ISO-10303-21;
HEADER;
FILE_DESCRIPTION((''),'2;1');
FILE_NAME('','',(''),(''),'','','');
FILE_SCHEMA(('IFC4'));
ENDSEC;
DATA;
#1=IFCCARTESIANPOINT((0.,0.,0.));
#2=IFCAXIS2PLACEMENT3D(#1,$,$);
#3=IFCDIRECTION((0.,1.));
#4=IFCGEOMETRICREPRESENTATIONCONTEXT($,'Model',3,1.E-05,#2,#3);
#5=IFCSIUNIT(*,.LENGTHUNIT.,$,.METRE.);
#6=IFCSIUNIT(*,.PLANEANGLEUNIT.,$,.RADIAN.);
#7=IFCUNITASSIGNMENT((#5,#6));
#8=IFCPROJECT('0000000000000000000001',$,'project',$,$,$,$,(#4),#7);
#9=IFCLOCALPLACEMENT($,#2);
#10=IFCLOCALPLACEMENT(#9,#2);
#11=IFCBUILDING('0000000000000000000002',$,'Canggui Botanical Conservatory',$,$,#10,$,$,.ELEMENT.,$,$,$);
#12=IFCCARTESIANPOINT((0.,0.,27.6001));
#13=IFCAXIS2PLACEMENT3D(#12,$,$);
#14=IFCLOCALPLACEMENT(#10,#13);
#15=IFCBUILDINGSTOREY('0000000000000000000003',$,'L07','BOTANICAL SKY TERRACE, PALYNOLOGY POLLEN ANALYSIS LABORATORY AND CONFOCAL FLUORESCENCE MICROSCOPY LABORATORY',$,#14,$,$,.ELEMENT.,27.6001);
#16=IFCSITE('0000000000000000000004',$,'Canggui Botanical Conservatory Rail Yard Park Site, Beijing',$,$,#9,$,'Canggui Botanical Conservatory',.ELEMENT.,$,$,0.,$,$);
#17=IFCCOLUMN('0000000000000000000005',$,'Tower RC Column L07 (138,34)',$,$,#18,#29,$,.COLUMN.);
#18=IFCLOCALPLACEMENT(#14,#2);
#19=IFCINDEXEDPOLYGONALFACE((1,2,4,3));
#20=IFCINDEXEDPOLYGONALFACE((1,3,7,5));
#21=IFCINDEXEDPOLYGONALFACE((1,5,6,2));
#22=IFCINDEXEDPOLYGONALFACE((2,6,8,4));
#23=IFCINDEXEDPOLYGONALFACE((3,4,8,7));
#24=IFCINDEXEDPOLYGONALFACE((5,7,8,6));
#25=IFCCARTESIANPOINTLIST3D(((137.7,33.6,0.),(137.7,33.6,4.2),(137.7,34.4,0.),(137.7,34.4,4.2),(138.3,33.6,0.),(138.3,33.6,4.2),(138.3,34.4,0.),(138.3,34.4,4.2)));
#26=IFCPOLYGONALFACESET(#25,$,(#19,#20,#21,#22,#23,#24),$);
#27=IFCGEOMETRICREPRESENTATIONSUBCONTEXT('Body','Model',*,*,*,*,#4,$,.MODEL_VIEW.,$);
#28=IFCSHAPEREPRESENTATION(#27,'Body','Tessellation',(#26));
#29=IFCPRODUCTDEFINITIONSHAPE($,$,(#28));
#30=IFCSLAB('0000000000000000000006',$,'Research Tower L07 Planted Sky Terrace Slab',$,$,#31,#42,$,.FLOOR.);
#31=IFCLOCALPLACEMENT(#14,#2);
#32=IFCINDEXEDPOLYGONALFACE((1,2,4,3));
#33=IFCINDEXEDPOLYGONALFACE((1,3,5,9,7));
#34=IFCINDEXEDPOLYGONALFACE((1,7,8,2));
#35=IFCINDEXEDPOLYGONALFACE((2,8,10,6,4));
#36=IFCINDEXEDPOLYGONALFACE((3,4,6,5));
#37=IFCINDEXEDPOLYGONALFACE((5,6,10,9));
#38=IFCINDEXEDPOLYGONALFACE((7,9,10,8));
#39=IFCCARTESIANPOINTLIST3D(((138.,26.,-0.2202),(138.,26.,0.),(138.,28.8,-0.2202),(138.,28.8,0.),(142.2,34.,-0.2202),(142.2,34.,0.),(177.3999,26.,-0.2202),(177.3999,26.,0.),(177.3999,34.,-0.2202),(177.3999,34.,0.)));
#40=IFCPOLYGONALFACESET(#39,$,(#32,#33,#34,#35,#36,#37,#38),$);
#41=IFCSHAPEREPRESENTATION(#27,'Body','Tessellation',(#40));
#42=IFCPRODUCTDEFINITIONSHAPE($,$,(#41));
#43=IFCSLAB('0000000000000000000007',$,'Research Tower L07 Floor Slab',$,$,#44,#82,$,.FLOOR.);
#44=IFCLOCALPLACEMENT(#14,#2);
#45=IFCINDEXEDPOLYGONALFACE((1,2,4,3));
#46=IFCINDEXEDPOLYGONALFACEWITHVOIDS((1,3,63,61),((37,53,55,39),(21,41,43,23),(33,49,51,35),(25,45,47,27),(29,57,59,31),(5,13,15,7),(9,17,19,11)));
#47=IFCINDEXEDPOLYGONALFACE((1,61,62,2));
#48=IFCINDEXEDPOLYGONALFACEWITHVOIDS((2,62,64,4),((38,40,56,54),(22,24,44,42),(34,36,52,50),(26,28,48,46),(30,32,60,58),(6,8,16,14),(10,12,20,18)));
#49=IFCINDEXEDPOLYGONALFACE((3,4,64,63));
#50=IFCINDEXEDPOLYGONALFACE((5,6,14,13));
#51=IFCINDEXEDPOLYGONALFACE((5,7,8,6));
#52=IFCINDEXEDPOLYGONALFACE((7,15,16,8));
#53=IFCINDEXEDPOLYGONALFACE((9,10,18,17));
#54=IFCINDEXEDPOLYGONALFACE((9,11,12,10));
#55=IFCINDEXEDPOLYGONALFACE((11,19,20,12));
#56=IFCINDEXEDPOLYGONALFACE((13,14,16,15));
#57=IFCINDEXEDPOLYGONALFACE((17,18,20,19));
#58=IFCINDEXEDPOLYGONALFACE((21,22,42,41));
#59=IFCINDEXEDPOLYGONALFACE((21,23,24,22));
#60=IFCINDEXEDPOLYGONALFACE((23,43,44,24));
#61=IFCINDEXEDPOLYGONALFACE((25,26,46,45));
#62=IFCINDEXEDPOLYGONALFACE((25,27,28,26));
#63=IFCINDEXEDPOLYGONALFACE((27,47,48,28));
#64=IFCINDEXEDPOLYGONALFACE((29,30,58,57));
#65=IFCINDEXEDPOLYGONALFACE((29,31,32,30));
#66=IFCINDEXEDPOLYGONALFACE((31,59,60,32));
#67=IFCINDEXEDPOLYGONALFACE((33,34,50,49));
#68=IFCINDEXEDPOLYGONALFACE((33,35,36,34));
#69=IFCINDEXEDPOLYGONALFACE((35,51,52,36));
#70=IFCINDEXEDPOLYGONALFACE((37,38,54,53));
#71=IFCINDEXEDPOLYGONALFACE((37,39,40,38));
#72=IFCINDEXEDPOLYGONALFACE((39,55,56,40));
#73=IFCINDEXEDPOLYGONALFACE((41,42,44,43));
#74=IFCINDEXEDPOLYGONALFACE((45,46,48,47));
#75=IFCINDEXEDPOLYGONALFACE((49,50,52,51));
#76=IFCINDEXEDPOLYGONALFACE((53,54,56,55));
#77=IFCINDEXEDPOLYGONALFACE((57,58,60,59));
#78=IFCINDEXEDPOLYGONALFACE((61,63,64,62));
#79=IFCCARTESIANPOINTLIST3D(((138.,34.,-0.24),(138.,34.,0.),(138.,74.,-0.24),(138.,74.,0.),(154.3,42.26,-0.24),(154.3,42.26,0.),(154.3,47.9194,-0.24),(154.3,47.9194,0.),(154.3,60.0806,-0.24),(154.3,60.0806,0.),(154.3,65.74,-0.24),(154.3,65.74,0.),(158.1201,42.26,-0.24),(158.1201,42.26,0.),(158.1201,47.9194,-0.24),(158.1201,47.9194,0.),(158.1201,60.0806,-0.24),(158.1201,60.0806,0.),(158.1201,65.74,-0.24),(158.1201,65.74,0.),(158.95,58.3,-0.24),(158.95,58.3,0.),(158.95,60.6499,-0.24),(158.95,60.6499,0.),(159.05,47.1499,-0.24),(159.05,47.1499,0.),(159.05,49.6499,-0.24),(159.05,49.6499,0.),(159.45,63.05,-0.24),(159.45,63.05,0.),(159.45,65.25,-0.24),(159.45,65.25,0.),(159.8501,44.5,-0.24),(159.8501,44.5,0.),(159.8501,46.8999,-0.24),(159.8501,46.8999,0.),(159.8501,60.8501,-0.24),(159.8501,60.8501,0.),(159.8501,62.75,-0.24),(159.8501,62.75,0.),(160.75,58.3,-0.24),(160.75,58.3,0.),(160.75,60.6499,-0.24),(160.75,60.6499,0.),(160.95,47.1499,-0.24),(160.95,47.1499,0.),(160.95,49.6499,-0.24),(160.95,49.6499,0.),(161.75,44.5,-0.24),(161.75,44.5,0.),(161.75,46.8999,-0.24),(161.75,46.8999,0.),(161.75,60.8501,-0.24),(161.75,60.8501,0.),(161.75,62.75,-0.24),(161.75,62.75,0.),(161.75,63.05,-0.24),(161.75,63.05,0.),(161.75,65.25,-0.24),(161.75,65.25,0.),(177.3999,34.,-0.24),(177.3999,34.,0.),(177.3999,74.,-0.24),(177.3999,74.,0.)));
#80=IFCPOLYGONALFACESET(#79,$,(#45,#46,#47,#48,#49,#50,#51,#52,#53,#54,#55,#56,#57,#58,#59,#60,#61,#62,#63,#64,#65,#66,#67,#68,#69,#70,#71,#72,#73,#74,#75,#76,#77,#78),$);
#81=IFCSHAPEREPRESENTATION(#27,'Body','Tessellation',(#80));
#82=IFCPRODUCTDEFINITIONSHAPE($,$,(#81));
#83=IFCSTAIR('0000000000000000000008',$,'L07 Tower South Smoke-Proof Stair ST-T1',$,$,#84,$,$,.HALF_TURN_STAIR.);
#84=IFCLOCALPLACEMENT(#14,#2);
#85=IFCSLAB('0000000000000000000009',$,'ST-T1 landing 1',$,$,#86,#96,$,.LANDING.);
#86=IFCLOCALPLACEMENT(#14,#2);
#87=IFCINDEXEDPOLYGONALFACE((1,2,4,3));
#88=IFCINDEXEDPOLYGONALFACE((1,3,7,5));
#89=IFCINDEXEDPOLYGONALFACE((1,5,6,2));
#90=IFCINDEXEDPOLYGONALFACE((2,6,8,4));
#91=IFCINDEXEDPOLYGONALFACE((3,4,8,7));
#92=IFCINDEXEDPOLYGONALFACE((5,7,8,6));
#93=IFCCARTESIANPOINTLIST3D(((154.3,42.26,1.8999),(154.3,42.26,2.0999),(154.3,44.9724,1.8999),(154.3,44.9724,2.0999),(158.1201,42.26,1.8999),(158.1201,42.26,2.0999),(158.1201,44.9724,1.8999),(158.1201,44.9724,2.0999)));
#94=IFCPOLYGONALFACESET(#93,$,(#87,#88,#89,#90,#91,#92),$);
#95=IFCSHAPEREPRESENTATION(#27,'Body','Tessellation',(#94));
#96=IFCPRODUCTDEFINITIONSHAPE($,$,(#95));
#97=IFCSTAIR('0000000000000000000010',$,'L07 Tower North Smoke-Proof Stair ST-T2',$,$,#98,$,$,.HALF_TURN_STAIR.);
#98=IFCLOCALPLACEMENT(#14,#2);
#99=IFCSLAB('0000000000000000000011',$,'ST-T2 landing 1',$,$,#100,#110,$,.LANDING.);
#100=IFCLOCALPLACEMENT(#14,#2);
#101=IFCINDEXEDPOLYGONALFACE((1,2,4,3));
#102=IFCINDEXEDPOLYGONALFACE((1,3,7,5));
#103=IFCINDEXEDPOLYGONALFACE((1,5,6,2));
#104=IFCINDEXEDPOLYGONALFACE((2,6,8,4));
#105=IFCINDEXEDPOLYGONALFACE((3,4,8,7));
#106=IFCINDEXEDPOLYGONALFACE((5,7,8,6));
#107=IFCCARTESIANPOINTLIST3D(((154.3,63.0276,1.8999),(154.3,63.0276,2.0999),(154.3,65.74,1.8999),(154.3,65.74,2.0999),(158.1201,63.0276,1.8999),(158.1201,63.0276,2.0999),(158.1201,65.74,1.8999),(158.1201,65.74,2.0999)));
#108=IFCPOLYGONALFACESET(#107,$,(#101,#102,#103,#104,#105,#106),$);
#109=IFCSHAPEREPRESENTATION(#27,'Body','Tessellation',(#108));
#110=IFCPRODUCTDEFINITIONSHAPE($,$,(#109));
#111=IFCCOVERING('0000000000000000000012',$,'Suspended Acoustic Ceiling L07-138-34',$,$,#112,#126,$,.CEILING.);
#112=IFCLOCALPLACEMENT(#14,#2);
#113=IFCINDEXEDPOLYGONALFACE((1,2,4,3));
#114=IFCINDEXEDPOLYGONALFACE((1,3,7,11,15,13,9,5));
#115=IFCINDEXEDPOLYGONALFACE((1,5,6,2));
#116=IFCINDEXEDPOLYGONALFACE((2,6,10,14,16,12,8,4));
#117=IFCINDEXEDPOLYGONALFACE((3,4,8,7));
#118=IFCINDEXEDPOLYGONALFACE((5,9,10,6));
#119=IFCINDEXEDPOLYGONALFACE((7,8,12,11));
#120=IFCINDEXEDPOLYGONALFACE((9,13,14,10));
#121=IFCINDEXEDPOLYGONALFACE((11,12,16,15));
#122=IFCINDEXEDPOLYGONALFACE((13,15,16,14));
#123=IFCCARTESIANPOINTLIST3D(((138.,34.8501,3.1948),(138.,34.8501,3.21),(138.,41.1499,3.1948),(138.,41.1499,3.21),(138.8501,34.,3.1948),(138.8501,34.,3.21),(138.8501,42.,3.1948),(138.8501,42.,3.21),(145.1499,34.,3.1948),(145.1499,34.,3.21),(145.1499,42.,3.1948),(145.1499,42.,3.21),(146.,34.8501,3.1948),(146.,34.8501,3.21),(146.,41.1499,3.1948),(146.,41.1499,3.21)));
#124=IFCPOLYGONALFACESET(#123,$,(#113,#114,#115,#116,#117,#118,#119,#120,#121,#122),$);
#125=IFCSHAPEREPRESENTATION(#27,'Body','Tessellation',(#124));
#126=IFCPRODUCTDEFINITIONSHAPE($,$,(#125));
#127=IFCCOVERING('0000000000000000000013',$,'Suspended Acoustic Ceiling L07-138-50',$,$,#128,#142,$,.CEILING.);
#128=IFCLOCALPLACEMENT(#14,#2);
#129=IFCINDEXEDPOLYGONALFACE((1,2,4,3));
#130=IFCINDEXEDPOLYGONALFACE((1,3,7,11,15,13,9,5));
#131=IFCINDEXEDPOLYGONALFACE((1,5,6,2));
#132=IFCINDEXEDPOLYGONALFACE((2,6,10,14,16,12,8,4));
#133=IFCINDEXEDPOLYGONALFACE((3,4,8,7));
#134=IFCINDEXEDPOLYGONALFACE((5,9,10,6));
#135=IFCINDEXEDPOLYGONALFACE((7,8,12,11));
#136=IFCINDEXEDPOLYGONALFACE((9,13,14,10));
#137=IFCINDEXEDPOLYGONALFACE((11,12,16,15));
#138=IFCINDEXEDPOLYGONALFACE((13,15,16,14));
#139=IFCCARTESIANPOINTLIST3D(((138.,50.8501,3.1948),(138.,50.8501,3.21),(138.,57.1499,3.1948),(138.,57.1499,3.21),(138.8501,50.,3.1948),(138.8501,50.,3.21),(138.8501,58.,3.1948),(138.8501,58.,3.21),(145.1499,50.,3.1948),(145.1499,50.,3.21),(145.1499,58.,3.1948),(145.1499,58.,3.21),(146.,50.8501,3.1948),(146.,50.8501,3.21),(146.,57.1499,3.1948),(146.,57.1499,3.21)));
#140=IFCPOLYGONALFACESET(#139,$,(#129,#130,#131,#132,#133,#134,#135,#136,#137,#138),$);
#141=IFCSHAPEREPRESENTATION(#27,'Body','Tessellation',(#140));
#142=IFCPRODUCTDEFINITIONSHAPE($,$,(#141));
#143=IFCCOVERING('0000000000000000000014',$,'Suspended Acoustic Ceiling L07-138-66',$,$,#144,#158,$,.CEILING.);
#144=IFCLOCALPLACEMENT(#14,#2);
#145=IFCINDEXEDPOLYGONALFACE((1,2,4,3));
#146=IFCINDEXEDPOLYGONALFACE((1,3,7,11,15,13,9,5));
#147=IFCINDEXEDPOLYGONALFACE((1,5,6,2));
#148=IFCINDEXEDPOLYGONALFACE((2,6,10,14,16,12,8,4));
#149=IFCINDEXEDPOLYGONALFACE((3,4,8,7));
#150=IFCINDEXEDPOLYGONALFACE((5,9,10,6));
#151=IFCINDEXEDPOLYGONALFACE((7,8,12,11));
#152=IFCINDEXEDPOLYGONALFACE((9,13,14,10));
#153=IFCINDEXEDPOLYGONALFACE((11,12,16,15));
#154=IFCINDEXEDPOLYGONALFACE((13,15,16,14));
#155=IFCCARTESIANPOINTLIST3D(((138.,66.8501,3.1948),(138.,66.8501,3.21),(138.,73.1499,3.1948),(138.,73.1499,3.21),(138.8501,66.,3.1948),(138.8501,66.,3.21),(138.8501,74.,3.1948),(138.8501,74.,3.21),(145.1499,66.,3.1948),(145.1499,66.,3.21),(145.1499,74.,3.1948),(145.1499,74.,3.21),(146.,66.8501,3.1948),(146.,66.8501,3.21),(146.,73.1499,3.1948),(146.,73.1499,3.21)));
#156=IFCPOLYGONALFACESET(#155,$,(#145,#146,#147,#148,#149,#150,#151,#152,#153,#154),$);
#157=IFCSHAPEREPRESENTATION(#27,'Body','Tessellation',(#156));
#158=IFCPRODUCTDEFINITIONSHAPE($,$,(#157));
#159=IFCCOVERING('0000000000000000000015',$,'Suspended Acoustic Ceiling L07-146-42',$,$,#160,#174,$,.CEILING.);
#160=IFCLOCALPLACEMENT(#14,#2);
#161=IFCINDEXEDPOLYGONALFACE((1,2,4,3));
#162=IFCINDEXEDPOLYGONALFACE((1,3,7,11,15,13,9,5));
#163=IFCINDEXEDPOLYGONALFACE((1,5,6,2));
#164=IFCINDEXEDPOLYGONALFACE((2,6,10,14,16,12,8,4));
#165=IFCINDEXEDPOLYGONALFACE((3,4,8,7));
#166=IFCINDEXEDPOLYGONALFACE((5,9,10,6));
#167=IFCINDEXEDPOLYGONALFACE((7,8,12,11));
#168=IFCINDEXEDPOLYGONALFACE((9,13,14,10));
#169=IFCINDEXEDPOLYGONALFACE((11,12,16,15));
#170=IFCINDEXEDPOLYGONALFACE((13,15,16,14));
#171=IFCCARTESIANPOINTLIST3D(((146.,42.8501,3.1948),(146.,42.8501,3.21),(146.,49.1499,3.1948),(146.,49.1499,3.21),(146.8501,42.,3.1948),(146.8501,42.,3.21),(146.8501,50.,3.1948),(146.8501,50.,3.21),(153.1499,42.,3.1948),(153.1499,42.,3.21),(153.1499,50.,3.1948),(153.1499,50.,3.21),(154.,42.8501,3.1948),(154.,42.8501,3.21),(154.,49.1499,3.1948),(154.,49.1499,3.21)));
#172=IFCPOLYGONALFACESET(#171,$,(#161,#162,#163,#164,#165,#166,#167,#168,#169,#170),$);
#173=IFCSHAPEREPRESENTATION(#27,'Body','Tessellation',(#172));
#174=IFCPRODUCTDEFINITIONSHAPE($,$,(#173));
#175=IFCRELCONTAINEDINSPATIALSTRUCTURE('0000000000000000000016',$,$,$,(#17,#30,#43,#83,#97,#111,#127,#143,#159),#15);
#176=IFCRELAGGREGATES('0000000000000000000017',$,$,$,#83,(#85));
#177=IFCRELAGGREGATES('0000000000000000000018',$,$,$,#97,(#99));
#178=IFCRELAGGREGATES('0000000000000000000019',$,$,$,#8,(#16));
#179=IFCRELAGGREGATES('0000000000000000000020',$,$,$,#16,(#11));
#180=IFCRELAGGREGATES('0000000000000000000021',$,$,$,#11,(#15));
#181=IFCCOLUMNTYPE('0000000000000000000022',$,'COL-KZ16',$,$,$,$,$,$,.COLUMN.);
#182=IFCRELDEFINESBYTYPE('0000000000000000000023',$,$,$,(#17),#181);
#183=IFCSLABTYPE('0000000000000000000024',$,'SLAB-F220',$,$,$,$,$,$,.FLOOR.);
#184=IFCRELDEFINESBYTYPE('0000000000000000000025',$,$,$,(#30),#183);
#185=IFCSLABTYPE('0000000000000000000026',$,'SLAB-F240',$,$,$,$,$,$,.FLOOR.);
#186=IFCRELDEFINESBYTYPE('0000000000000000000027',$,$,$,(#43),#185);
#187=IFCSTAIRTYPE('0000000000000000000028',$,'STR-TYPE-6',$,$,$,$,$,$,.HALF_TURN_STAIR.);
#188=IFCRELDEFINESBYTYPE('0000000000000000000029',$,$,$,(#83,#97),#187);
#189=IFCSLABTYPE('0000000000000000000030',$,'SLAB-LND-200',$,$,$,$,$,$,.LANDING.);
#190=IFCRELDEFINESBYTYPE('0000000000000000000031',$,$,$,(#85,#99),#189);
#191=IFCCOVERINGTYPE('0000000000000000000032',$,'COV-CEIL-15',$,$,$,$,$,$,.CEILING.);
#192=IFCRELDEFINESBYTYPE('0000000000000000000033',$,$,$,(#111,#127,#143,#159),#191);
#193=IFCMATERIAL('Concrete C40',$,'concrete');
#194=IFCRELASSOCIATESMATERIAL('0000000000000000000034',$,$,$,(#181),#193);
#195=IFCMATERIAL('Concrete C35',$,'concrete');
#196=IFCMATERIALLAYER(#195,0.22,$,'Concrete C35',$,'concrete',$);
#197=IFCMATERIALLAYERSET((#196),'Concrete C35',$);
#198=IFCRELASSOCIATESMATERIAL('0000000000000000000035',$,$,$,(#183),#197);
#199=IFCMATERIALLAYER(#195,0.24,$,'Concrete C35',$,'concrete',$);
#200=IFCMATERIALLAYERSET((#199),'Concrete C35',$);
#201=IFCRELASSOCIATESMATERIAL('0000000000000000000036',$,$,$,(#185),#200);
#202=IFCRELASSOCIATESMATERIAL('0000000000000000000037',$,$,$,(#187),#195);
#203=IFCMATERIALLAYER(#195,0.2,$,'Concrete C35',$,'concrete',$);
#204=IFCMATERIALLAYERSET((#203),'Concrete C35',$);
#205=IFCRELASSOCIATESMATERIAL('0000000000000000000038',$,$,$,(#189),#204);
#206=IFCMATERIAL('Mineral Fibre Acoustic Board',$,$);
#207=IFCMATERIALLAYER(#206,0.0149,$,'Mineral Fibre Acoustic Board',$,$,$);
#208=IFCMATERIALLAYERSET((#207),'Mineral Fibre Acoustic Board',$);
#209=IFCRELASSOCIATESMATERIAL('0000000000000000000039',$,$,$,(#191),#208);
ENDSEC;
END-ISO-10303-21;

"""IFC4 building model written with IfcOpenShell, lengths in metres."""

from ifc_helpers import new_model, si_unit, direction, frame, origin, origin_2d, place, context, subcontext, project, spatial, polyline, rectangle, outline, extrude, material, layer, layer_set, material_profile, profile_set, type_object, element, aggregate, save


model = new_model("IFC4")

# Units and contexts
model_context = context("Model", 3, precision=1e-05, world=origin(), true_north=direction((0.0, 1.0)))
body_context = subcontext(model_context, "Body", "Model", "MODEL_VIEW")
ifc_project = project(units=[si_unit("LENGTHUNIT", "METRE"), si_unit("PLANEANGLEUNIT", "RADIAN")], contexts=[model_context])

# Site, building, storey
site_placement = place(None, origin())
site = spatial("IfcSite", under=ifc_project, at=site_placement, Name="Canggui Botanical Conservatory Rail Yard Park Site, Beijing", LongName="Canggui Botanical Conservatory", CompositionType="ELEMENT", RefElevation=0.0)
building_placement = place(site_placement, origin())
building = spatial("IfcBuilding", under=site, at=building_placement, Name="Canggui Botanical Conservatory", CompositionType="ELEMENT")
storey_placement = place(building_placement, frame((0.0, 0.0, 27.6001)))
storey = spatial("IfcBuildingStorey", under=building, at=storey_placement, Name="L07", Description="BOTANICAL SKY TERRACE, PALYNOLOGY POLLEN ANALYSIS LABORATORY AND CONFOCAL FLUORESCENCE MICROSCOPY LABORATORY", CompositionType="ELEMENT", Elevation=27.6001)

# Column
ifc_material_1 = material(Name="Concrete C40", Category="concrete")
ifc_material_profile = material_profile(ifc_material_1, rectangle(XDim=0.6001, YDim=0.8, at=origin_2d()), Name="RC 600x800")
ifc_profile_set = profile_set([ifc_material_profile], Name="Concrete C40")
column_type = type_object("IfcColumnType", Name="COL-KZ16", PredefinedType="COLUMN", material=ifc_profile_set)
column_placement = place(storey_placement, frame((138.0, 34.0, 0.0), z_axis=(0.0, 0.0, 1.0), x_axis=(1.0, 0.0, 0.0)))
element("IfcColumn", 1, at=column_placement, inside=storey, type_object=column_type, Name="Tower RC Column L07 (138,34)", PredefinedType="COLUMN", context=body_context, shape_type="SweptSolid", body=[
    extrude(rectangle(XDim=0.6001, YDim=0.8, at=origin_2d()), origin(), (0.0, 0.0, 1.0), 4.2),
])

# Slabs
ifc_material_2 = material(Name="Concrete C35", Category="concrete")
ifc_layer_1 = layer(ifc_material_2, 0.22, Name="Concrete C35", Category="concrete")
ifc_layer_set_1 = layer_set([ifc_layer_1], Name="Concrete C35")
slab_type_1 = type_object("IfcSlabType", Name="SLAB-F220", PredefinedType="FLOOR", material=ifc_layer_set_1)
slab_1_placement = place(storey_placement, frame((0.0, 0.0, -0.2202)))
element("IfcSlab", 2, at=slab_1_placement, inside=storey, type_object=slab_type_1, Name="Research Tower L07 Planted Sky Terrace Slab", PredefinedType="FLOOR", context=body_context, shape_type="SweptSolid", body=[
    extrude(outline(polyline([(138.0, 26.0), (177.3999, 26.0), (177.3999, 34.0), (142.2, 34.0), (138.0, 28.8), (138.0, 26.0)])), origin(), (0.0, 0.0, 1.0), 0.2202),
])
ifc_layer_2 = layer(ifc_material_2, 0.24, Name="Concrete C35", Category="concrete")
ifc_layer_set_2 = layer_set([ifc_layer_2], Name="Concrete C35")
slab_type_2 = type_object("IfcSlabType", Name="SLAB-F240", PredefinedType="FLOOR", material=ifc_layer_set_2)
slab_2_placement = place(storey_placement, frame((0.0, 0.0, -0.24)))
element("IfcSlab", 3, at=slab_2_placement, inside=storey, type_object=slab_type_2, Name="Research Tower L07 Floor Slab", PredefinedType="FLOOR", context=body_context, shape_type="SweptSolid", body=[
    extrude(outline(polyline([(138.0, 34.0), (177.3999, 34.0), (177.3999, 74.0), (138.0, 74.0), (138.0, 34.0)]), holes=[polyline([(154.3, 47.9194), (154.3, 42.26), (158.1201, 42.26), (158.1201, 47.9194), (154.3, 47.9194)]), polyline([(158.1201, 60.0806), (158.1201, 65.74), (154.3, 65.74), (154.3, 60.0806), (158.1201, 60.0806)]), polyline([(159.05, 47.1499), (160.95, 47.1499), (160.95, 49.6499), (159.05, 49.6499), (159.05, 47.1499)]), polyline([(159.8501, 44.5), (161.75, 44.5), (161.75, 46.8999), (159.8501, 46.8999), (159.8501, 44.5)]), polyline([(158.95, 58.3), (160.75, 58.3), (160.75, 60.6499), (158.95, 60.6499), (158.95, 58.3)]), polyline([(159.8501, 60.8501), (161.75, 60.8501), (161.75, 62.75), (159.8501, 62.75), (159.8501, 60.8501)]), polyline([(159.45, 63.05), (161.75, 63.05), (161.75, 65.25), (159.45, 65.25), (159.45, 63.05)])]), origin(), (0.0, 0.0, 1.0), 0.24),
])

# Stairs, slabs
stair_type = type_object("IfcStairType", Name="STR-TYPE-6", PredefinedType="HALF_TURN_STAIR", material=ifc_material_2)
stair_1_placement = place(storey_placement, origin())
stair_1 = element("IfcStair", 4, at=stair_1_placement, inside=storey, type_object=stair_type, Name="L07 Tower South Smoke-Proof Stair ST-T1", PredefinedType="HALF_TURN_STAIR")
ifc_layer_3 = layer(ifc_material_2, 0.2, Name="Concrete C35", Category="concrete")
ifc_layer_set_3 = layer_set([ifc_layer_3], Name="Concrete C35")
slab_type_3 = type_object("IfcSlabType", Name="SLAB-LND-200", PredefinedType="LANDING", material=ifc_layer_set_3)
slab_3_placement = place(storey_placement, frame((0.0, 0.0, 1.8999)))
slab_3 = element("IfcSlab", 5, at=slab_3_placement, type_object=slab_type_3, Name="ST-T1 landing 1", PredefinedType="LANDING", context=body_context, shape_type="SweptSolid", body=[
    extrude(outline(polyline([(154.3, 44.9724), (154.3, 42.26), (158.1201, 42.26), (158.1201, 44.9724), (154.3, 44.9724)])), origin(), (0.0, 0.0, 1.0), 0.2),
])
aggregate(stair_1, [slab_3])
stair_2_placement = place(storey_placement, origin())
stair_2 = element("IfcStair", 6, at=stair_2_placement, inside=storey, type_object=stair_type, Name="L07 Tower North Smoke-Proof Stair ST-T2", PredefinedType="HALF_TURN_STAIR")
slab_4_placement = place(storey_placement, frame((0.0, 0.0, 1.8999)))
slab_4 = element("IfcSlab", 7, at=slab_4_placement, type_object=slab_type_3, Name="ST-T2 landing 1", PredefinedType="LANDING", context=body_context, shape_type="SweptSolid", body=[
    extrude(outline(polyline([(158.1201, 63.0276), (158.1201, 65.74), (154.3, 65.74), (154.3, 63.0276), (158.1201, 63.0276)])), origin(), (0.0, 0.0, 1.0), 0.2),
])
aggregate(stair_2, [slab_4])

# Coverings
ifc_material_3 = material(Name="Mineral Fibre Acoustic Board")
ifc_layer_4 = layer(ifc_material_3, 0.0149, Name="Mineral Fibre Acoustic Board")
ifc_layer_set_4 = layer_set([ifc_layer_4], Name="Mineral Fibre Acoustic Board")
covering_type_1 = type_object("IfcCoveringType", Name="COV-CEIL-15", PredefinedType="CEILING", material=ifc_layer_set_4)
covering_1_placement = place(storey_placement, frame((0.0, 0.0, 3.1948)))
element("IfcCovering", 8, at=covering_1_placement, inside=storey, type_object=covering_type_1, Name="Suspended Acoustic Ceiling L07-138-34", PredefinedType="CEILING", context=body_context, shape_type="SweptSolid", body=[
    extrude(outline(polyline([(138.8501, 34.0), (145.1499, 34.0), (146.0, 34.8501), (146.0, 41.1499), (145.1499, 42.0), (138.8501, 42.0), (138.0, 41.1499), (138.0, 34.8501), (138.8501, 34.0)])), origin(), (0.0, 0.0, 1.0), 0.0151),
])
covering_2_placement = place(storey_placement, frame((0.0, 0.0, 3.1948)))
element("IfcCovering", 9, at=covering_2_placement, inside=storey, type_object=covering_type_1, Name="Suspended Acoustic Ceiling L07-138-50", PredefinedType="CEILING", context=body_context, shape_type="SweptSolid", body=[
    extrude(outline(polyline([(138.8501, 50.0), (145.1499, 50.0), (146.0, 50.8501), (146.0, 57.1499), (145.1499, 58.0), (138.8501, 58.0), (138.0, 57.1499), (138.0, 50.8501), (138.8501, 50.0)])), origin(), (0.0, 0.0, 1.0), 0.0151),
])
covering_3_placement = place(storey_placement, frame((0.0, 0.0, 3.1948)))
element("IfcCovering", 10, at=covering_3_placement, inside=storey, type_object=covering_type_1, Name="Suspended Acoustic Ceiling L07-138-66", PredefinedType="CEILING", context=body_context, shape_type="SweptSolid", body=[
    extrude(outline(polyline([(138.8501, 66.0), (145.1499, 66.0), (146.0, 66.8501), (146.0, 73.1499), (145.1499, 74.0), (138.8501, 74.0), (138.0, 73.1499), (138.0, 66.8501), (138.8501, 66.0)])), origin(), (0.0, 0.0, 1.0), 0.0151),
])
covering_4_placement = place(storey_placement, frame((0.0, 0.0, 3.1948)))
element("IfcCovering", 11, at=covering_4_placement, inside=storey, type_object=covering_type_1, Name="Suspended Acoustic Ceiling L07-146-42", PredefinedType="CEILING", context=body_context, shape_type="SweptSolid", body=[
    extrude(outline(polyline([(146.8501, 42.0), (153.1499, 42.0), (154.0, 42.8501), (154.0, 49.1499), (153.1499, 50.0), (146.8501, 50.0), (146.0, 49.1499), (146.0, 42.8501), (146.8501, 42.0)])), origin(), (0.0, 0.0, 1.0), 0.0151),
])

save(model, "model.ifc")
